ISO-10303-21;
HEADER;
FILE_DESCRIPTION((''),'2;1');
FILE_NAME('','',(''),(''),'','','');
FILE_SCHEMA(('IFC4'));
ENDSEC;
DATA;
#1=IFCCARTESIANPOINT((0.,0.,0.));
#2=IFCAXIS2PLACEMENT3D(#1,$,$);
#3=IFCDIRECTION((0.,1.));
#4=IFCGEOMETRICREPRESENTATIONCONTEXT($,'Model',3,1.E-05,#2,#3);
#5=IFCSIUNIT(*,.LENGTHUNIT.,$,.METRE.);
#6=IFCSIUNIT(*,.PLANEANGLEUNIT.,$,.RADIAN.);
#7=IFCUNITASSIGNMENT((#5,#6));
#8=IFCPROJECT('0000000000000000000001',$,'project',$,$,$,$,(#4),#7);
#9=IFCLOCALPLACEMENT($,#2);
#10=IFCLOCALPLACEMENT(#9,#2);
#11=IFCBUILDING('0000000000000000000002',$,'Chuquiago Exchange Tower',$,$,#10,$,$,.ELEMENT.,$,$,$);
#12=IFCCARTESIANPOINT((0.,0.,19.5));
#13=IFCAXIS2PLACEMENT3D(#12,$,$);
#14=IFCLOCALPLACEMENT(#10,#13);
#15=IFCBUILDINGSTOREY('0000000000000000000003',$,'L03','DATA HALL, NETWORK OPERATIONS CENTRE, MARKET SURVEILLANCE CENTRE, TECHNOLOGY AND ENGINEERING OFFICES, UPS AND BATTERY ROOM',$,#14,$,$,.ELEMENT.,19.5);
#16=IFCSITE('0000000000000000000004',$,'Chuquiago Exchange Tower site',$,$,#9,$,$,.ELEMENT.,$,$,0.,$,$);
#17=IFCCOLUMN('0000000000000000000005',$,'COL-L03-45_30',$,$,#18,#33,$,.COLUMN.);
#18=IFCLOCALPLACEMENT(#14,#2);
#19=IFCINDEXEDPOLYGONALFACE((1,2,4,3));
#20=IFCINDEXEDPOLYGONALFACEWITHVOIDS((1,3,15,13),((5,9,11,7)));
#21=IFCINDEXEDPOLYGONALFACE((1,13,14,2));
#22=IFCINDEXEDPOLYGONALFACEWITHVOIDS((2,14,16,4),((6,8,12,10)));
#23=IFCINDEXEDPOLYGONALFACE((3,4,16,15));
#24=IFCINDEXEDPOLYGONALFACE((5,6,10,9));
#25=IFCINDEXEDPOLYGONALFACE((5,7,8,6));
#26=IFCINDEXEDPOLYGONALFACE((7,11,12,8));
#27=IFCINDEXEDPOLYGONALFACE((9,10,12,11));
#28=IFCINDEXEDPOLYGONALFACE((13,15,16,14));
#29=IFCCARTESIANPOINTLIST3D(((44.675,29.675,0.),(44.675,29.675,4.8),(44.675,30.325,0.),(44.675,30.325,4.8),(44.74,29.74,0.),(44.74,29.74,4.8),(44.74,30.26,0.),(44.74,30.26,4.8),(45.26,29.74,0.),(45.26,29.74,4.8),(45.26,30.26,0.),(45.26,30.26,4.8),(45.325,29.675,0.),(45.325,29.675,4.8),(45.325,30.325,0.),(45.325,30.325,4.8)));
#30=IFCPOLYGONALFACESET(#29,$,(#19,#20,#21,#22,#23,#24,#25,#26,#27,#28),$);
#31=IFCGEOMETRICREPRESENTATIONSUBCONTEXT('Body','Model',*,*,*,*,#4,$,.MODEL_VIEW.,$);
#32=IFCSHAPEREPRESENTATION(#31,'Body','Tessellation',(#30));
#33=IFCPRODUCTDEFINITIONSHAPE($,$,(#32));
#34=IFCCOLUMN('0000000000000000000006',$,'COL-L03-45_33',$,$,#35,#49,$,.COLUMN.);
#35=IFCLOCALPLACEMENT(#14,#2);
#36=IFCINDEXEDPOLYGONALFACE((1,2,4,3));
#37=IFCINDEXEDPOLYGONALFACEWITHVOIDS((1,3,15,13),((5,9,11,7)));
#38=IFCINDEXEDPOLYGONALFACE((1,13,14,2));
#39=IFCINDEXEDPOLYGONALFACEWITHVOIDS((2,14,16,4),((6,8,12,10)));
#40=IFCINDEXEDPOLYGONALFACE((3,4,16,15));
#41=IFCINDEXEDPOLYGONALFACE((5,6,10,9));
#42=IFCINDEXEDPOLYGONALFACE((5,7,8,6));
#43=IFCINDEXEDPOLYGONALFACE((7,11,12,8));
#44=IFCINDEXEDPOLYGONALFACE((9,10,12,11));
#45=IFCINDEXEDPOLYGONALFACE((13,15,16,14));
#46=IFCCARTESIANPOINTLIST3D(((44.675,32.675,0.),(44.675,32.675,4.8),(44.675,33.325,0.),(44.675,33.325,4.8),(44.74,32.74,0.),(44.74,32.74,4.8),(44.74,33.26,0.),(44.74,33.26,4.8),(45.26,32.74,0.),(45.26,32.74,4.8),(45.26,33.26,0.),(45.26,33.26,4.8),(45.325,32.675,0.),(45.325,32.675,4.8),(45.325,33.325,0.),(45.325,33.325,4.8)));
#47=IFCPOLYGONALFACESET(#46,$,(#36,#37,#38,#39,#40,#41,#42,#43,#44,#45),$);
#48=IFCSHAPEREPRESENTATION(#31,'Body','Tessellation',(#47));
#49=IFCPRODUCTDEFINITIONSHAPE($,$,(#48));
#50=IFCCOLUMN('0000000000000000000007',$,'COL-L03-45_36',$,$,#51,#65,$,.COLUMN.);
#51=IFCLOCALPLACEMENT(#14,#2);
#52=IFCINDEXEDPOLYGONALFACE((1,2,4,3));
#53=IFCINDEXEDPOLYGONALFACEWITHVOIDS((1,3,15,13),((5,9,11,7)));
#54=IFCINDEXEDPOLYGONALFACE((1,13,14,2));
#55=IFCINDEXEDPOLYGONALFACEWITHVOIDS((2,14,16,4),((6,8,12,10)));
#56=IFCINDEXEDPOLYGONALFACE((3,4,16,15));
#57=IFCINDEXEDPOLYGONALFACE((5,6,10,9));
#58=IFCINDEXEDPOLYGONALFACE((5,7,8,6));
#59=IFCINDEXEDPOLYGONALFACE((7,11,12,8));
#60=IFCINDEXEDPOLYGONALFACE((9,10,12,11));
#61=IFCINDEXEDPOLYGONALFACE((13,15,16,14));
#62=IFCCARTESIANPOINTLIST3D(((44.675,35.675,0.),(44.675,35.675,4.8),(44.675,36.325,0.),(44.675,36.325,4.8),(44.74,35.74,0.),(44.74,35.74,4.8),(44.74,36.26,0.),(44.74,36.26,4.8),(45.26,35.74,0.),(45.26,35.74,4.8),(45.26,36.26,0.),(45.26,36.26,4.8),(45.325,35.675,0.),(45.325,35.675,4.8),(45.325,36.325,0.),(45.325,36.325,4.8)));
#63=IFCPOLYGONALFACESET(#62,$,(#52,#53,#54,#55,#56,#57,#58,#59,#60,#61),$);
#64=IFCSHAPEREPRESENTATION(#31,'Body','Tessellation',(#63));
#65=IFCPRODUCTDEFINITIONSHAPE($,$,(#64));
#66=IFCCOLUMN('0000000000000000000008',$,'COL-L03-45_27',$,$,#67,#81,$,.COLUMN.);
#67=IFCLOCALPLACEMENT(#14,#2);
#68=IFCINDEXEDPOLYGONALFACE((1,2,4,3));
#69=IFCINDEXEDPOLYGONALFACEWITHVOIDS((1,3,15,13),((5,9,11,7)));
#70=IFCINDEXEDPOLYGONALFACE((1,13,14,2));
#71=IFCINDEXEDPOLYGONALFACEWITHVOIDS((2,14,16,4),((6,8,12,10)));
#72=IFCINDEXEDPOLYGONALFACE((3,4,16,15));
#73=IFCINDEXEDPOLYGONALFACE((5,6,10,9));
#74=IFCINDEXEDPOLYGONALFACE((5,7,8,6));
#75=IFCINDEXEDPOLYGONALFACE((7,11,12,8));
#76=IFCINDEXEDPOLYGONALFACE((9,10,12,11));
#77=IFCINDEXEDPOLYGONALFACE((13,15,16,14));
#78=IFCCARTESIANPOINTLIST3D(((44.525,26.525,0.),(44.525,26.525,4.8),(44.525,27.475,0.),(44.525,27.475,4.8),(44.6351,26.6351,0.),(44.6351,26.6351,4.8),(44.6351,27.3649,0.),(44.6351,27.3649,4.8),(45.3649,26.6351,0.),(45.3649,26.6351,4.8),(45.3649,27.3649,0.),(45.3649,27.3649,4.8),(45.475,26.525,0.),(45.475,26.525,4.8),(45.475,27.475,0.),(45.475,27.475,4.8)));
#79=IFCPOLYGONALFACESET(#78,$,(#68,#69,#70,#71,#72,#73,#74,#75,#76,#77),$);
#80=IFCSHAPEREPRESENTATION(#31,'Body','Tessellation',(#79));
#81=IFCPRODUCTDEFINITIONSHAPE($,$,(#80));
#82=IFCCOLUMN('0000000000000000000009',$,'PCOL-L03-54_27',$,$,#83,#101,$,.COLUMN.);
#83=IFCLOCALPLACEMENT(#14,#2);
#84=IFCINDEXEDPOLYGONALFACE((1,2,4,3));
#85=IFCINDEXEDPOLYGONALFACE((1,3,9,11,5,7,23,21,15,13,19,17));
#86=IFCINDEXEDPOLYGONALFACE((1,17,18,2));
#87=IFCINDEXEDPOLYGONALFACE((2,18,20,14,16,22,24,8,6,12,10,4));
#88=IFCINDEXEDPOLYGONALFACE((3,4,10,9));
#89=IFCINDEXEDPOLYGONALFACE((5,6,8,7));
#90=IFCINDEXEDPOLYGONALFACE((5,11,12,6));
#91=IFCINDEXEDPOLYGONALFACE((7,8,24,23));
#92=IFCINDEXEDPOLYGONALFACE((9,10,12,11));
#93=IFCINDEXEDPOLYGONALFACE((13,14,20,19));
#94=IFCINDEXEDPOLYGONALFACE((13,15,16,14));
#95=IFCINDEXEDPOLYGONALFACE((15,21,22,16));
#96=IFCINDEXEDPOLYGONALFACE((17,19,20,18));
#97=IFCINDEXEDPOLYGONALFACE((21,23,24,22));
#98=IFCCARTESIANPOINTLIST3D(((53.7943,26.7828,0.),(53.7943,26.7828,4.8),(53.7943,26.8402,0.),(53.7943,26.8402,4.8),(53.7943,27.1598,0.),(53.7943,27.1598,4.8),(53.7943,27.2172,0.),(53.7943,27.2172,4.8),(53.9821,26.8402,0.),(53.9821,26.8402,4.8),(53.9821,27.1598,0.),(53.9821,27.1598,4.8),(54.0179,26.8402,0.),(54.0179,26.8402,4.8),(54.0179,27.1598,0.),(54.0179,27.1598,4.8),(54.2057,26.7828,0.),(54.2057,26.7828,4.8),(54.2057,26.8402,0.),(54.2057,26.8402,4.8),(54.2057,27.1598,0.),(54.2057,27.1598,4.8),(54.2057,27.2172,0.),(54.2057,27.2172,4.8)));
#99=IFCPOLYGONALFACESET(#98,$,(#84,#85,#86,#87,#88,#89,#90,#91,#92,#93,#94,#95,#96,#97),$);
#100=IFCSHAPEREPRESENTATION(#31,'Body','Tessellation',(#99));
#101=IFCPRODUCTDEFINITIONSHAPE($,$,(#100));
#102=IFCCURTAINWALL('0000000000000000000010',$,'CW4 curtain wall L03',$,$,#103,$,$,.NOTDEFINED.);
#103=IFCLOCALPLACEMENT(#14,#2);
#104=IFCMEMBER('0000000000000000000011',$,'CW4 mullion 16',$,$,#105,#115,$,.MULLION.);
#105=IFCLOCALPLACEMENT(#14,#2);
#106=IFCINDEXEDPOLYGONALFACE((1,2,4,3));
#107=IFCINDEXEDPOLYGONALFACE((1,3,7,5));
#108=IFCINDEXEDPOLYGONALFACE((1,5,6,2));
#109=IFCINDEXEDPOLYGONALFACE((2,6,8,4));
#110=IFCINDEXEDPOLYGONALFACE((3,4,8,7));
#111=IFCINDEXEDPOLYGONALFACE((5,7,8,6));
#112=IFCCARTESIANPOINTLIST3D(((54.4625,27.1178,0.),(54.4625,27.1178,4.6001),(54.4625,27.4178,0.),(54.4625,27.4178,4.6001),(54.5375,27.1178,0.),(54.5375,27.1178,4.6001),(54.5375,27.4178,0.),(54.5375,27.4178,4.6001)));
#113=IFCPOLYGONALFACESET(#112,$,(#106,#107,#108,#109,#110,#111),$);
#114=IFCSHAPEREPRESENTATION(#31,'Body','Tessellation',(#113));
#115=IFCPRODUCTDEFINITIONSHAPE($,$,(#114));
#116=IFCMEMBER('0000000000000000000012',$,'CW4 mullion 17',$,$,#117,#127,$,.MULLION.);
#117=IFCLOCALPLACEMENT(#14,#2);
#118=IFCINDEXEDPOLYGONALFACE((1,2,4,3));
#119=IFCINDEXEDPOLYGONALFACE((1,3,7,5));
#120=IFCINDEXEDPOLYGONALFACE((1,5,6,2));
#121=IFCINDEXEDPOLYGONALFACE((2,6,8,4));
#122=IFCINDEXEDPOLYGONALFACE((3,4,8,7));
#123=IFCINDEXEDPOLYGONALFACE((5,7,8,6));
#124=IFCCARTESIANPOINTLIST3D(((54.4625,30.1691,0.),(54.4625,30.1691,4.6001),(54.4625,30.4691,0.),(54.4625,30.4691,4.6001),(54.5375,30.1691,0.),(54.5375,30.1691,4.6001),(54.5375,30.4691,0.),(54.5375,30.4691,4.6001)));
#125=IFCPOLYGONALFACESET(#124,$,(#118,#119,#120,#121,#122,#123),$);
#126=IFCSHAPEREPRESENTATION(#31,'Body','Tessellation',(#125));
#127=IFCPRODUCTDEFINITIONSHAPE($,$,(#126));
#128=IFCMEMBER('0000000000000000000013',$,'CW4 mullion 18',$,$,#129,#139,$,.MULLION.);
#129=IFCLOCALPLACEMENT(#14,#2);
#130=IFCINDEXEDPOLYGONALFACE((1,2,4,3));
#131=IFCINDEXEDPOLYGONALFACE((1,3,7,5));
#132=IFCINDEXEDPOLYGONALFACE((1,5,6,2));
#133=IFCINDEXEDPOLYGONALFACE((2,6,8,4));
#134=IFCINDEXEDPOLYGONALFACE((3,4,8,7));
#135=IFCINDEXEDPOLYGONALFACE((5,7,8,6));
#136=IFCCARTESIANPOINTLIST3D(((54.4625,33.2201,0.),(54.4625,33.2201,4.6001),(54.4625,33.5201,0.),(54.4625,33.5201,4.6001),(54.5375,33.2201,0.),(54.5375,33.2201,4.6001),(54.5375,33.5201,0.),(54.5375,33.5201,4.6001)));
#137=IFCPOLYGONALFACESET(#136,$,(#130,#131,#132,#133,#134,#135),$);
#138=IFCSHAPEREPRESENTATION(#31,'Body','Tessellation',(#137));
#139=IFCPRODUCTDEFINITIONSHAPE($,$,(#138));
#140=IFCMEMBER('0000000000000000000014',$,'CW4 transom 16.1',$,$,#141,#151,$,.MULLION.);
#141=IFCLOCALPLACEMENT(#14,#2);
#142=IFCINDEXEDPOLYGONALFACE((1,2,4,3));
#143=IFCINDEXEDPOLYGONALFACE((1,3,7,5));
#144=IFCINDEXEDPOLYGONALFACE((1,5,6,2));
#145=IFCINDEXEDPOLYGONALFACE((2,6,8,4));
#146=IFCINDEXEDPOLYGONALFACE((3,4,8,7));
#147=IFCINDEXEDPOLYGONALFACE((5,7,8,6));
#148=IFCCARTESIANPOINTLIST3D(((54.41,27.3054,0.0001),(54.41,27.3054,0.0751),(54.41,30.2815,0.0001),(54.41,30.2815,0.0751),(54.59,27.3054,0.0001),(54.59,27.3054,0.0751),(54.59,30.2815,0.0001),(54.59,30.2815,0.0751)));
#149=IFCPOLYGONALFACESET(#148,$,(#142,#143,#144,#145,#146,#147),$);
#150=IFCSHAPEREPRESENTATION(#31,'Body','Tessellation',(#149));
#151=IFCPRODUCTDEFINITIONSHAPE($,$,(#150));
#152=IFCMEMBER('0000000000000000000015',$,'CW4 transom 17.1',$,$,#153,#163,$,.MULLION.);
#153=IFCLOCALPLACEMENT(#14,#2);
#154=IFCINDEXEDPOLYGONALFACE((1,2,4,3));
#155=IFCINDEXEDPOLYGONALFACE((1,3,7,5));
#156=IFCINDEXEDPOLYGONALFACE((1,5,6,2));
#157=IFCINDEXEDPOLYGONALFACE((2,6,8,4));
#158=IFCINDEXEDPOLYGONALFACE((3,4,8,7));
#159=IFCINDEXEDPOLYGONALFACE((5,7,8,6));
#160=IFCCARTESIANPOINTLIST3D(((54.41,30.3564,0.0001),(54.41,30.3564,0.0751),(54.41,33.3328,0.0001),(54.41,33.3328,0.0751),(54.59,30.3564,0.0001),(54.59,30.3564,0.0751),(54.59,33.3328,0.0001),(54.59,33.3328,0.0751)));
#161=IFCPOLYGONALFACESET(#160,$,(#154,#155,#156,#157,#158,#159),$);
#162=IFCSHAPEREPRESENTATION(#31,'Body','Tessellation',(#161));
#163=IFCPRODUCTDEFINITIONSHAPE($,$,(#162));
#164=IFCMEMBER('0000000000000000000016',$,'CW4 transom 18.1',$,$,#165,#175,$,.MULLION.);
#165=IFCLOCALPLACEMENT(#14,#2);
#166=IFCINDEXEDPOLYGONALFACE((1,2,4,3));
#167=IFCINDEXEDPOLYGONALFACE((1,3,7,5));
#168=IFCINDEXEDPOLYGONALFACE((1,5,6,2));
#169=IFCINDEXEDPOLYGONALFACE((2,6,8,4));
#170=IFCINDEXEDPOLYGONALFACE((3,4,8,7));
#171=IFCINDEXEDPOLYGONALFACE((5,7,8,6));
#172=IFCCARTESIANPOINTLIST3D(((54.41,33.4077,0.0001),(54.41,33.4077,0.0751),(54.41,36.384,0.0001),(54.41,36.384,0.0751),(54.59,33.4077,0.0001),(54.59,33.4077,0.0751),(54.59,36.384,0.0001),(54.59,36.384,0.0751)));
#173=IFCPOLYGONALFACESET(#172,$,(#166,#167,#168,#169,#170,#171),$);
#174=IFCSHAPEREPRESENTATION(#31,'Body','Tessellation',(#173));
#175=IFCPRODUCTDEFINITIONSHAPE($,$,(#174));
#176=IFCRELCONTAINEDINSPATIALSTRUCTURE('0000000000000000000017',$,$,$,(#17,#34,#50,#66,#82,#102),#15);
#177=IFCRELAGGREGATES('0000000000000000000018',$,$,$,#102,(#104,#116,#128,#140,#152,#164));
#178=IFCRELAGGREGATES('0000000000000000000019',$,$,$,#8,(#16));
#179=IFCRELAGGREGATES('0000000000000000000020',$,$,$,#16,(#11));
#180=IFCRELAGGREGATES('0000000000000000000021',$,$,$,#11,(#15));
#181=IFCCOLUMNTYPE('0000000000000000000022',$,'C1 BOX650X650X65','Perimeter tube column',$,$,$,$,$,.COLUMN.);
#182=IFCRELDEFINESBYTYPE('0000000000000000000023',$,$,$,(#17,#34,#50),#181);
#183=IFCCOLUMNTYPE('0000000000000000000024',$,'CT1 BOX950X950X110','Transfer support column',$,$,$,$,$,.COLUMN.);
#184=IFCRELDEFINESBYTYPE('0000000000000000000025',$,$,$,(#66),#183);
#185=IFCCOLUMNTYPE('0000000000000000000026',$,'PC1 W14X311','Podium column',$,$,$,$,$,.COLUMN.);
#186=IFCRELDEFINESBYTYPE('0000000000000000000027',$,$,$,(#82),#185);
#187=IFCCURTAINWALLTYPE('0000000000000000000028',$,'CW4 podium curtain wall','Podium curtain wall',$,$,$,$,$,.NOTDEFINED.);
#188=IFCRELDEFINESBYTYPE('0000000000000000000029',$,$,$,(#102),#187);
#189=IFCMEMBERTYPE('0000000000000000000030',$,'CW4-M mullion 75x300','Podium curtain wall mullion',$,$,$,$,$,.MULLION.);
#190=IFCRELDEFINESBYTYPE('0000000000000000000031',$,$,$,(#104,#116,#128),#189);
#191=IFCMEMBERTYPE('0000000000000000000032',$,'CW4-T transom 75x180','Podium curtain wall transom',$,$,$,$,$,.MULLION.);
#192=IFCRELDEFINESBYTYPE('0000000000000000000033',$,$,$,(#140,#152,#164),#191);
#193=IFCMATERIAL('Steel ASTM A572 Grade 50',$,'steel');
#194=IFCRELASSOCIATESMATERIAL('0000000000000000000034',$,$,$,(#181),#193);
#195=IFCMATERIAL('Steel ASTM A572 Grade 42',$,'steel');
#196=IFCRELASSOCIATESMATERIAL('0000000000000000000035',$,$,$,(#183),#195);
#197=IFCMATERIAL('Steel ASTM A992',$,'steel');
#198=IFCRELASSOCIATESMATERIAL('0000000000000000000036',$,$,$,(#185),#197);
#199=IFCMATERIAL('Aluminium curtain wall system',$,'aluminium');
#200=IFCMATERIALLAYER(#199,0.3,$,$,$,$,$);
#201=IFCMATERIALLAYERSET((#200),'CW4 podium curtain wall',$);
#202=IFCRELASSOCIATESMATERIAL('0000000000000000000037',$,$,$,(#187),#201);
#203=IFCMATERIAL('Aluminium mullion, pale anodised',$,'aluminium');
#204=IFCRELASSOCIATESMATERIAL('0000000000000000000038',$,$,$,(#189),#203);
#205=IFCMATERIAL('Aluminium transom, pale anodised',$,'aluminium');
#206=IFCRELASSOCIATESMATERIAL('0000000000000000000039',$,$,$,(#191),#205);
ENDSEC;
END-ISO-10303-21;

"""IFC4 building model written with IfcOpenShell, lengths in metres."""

from ifc_helpers import new_model, si_unit, direction, frame, origin, origin_2d, place, context, subcontext, project, spatial, rectangle, hollow_rectangle, i_section, extrude, material, layer, layer_set, material_profile, profile_set, type_object, element, aggregate, save


model = new_model("IFC4")

# Units and contexts
model_context = context("Model", 3, precision=1e-05, world=origin(), true_north=direction((0.0, 1.0)))
body_context = subcontext(model_context, "Body", "Model", "MODEL_VIEW")
ifc_project = project(units=[si_unit("LENGTHUNIT", "METRE"), si_unit("PLANEANGLEUNIT", "RADIAN")], contexts=[model_context])

# Site, building, storey
site_placement = place(None, origin())
site = spatial("IfcSite", under=ifc_project, at=site_placement, Name="Chuquiago Exchange Tower site", CompositionType="ELEMENT", RefElevation=0.0)
building_placement = place(site_placement, origin())
building = spatial("IfcBuilding", under=site, at=building_placement, Name="Chuquiago Exchange Tower", CompositionType="ELEMENT")
storey_placement = place(building_placement, frame((0.0, 0.0, 19.5)))
storey = spatial("IfcBuildingStorey", under=building, at=storey_placement, Name="L03", Description="DATA HALL, NETWORK OPERATIONS CENTRE, MARKET SURVEILLANCE CENTRE, TECHNOLOGY AND ENGINEERING OFFICES, UPS AND BATTERY ROOM", CompositionType="ELEMENT", Elevation=19.5)

# Columns
ifc_material_1 = material(Name="Steel ASTM A572 Grade 50", Category="steel")
ifc_material_profile_1 = material_profile(ifc_material_1, hollow_rectangle(XDim=0.6499, YDim=0.6499, WallThickness=0.0649, at=origin_2d()), Name="BOX650X650X65")
ifc_profile_set_1 = profile_set([ifc_material_profile_1], Name="Steel ASTM A572 Grade 50")
column_type_1 = type_object("IfcColumnType", Name="C1 BOX650X650X65", Description="Perimeter tube column", PredefinedType="COLUMN", material=ifc_profile_set_1)
for number, where, z_axis, x_axis, name in (
    (1, (45.0, 30.0, 0.0), (0.0, 0.0, 1.0), (1.0, 0.0, 0.0), "COL-L03-45_30"),
    (2, (45.0, 33.0, 0.0), (0.0, 0.0, 1.0), (1.0, 0.0, 0.0), "COL-L03-45_33"),
    (3, (45.0, 36.0, 0.0), (0.0, 0.0, 1.0), (1.0, 0.0, 0.0), "COL-L03-45_36"),
):
    element("IfcColumn", number, at=place(storey_placement, frame(where, z_axis=z_axis, x_axis=x_axis)), inside=storey, type_object=column_type_1, Name=name, PredefinedType="COLUMN", context=body_context, shape_type="SweptSolid", body=[
        extrude(hollow_rectangle(XDim=0.6499, YDim=0.6499, WallThickness=0.0649, at=origin_2d()), origin(), (0.0, 0.0, 1.0), 4.8),
    ])
ifc_material_2 = material(Name="Steel ASTM A572 Grade 42", Category="steel")
ifc_material_profile_2 = material_profile(ifc_material_2, hollow_rectangle(XDim=0.95, YDim=0.95, WallThickness=0.1101, at=origin_2d()), Name="BOX950X950X110")
ifc_profile_set_2 = profile_set([ifc_material_profile_2], Name="Steel ASTM A572 Grade 42")
column_type_2 = type_object("IfcColumnType", Name="CT1 BOX950X950X110", Description="Transfer support column", PredefinedType="COLUMN", material=ifc_profile_set_2)
column_1_placement = place(storey_placement, frame((45.0, 27.0, 0.0), z_axis=(0.0, 0.0, 1.0), x_axis=(1.0, 0.0, 0.0)))
element("IfcColumn", 4, at=column_1_placement, inside=storey, type_object=column_type_2, Name="COL-L03-45_27", PredefinedType="COLUMN", context=body_context, shape_type="SweptSolid", body=[
    extrude(hollow_rectangle(XDim=0.95, YDim=0.95, WallThickness=0.1101, at=origin_2d()), origin(), (0.0, 0.0, 1.0), 4.8),
])
ifc_material_3 = material(Name="Steel ASTM A992", Category="steel")
ifc_material_profile_3 = material_profile(ifc_material_3, i_section(OverallWidth=0.4114, OverallDepth=0.4343, WebThickness=0.0359, FlangeThickness=0.0574, at=origin_2d()), Name="W14X311")
ifc_profile_set_3 = profile_set([ifc_material_profile_3], Name="Steel ASTM A992")
column_type_3 = type_object("IfcColumnType", Name="PC1 W14X311", Description="Podium column", PredefinedType="COLUMN", material=ifc_profile_set_3)
column_2_placement = place(storey_placement, frame((54.0, 27.0, 0.0), z_axis=(0.0, 0.0, 1.0), x_axis=(1.0, 0.0, 0.0)))
element("IfcColumn", 5, at=column_2_placement, inside=storey, type_object=column_type_3, Name="PCOL-L03-54_27", PredefinedType="COLUMN", context=body_context, shape_type="SweptSolid", body=[
    extrude(i_section(OverallWidth=0.4114, OverallDepth=0.4343, WebThickness=0.0359, FlangeThickness=0.0574, at=origin_2d()), origin(), (0.0, 0.0, 1.0), 4.8),
])

# Curtain wall, members
ifc_material_4 = material(Name="Aluminium curtain wall system", Category="aluminium")
ifc_layer_1 = layer(ifc_material_4, 0.3)
ifc_layer_set_1 = layer_set([ifc_layer_1], Name="CW4 podium curtain wall")
curtain_wall_type = type_object("IfcCurtainWallType", Name="CW4 podium curtain wall", Description="Podium curtain wall", PredefinedType="NOTDEFINED", material=ifc_layer_set_1)
curtain_wall_placement = place(storey_placement, origin())
curtain_wall = element("IfcCurtainWall", 6, at=curtain_wall_placement, inside=storey, type_object=curtain_wall_type, Name="CW4 curtain wall L03", PredefinedType="NOTDEFINED")
ifc_material_5 = material(Name="Aluminium mullion, pale anodised", Category="aluminium")
ifc_material_profile_4 = material_profile(ifc_material_5, rectangle(XDim=0.075, YDim=0.3, at=origin_2d()), Name="AL 75x300")
ifc_profile_set_4 = profile_set([ifc_material_profile_4], Name="Aluminium mullion, pale anodised")
member_type_1 = type_object("IfcMemberType", Name="CW4-M mullion 75x300", Description="Podium curtain wall mullion", PredefinedType="MULLION", material=ifc_profile_set_4)
member_1_placement = place(storey_placement, frame((54.5, 27.2678, 0.0), z_axis=(0.0, 0.0, 1.0), x_axis=(-1.0, 0.0, 0.0)))
member_1 = element("IfcMember", 7, at=member_1_placement, type_object=member_type_1, Name="CW4 mullion 16", PredefinedType="MULLION", context=body_context, shape_type="SweptSolid", body=[
    extrude(rectangle(XDim=0.075, YDim=0.3, at=origin_2d()), origin(), (0.0, 0.0, 1.0), 4.6001),
])
member_2_placement = place(storey_placement, frame((54.5, 30.3191, 0.0), z_axis=(0.0, 0.0, 1.0), x_axis=(-1.0, 0.0, 0.0)))
member_2 = element("IfcMember", 8, at=member_2_placement, type_object=member_type_1, Name="CW4 mullion 17", PredefinedType="MULLION", context=body_context, shape_type="SweptSolid", body=[
    extrude(rectangle(XDim=0.075, YDim=0.3, at=origin_2d()), origin(), (0.0, 0.0, 1.0), 4.6001),
])
member_3_placement = place(storey_placement, frame((54.5, 33.3701, 0.0), z_axis=(0.0, 0.0, 1.0), x_axis=(-1.0, 0.0, 0.0)))
member_3 = element("IfcMember", 9, at=member_3_placement, type_object=member_type_1, Name="CW4 mullion 18", PredefinedType="MULLION", context=body_context, shape_type="SweptSolid", body=[
    extrude(rectangle(XDim=0.075, YDim=0.3, at=origin_2d()), origin(), (0.0, 0.0, 1.0), 4.6001),
])
ifc_material_6 = material(Name="Aluminium transom, pale anodised", Category="aluminium")
ifc_material_profile_5 = material_profile(ifc_material_6, rectangle(XDim=0.1799, YDim=0.075, at=origin_2d()), Name="AL 180x75")
ifc_profile_set_5 = profile_set([ifc_material_profile_5], Name="Aluminium transom, pale anodised")
member_type_2 = type_object("IfcMemberType", Name="CW4-T transom 75x180", Description="Podium curtain wall transom", PredefinedType="MULLION", material=ifc_profile_set_5)
member_4_placement = place(storey_placement, frame((54.5, 27.3054, 0.0376), z_axis=(0.0, 1.0, 0.0), x_axis=(-1.0, 0.0, 0.0)))
member_4 = element("IfcMember", 10, at=member_4_placement, type_object=member_type_2, Name="CW4 transom 16.1", PredefinedType="MULLION", context=body_context, shape_type="SweptSolid", body=[
    extrude(rectangle(XDim=0.1799, YDim=0.075, at=origin_2d()), origin(), (0.0, 0.0, 1.0), 2.9761),
])
member_5_placement = place(storey_placement, frame((54.5, 30.3564, 0.0376), z_axis=(0.0, 1.0, 0.0), x_axis=(-1.0, 0.0, 0.0)))
member_5 = element("IfcMember", 11, at=member_5_placement, type_object=member_type_2, Name="CW4 transom 17.1", PredefinedType="MULLION", context=body_context, shape_type="SweptSolid", body=[
    extrude(rectangle(XDim=0.1799, YDim=0.075, at=origin_2d()), origin(), (0.0, 0.0, 1.0), 2.9763),
])
member_6_placement = place(storey_placement, frame((54.5, 33.4077, 0.0376), z_axis=(0.0, 1.0, 0.0), x_axis=(-1.0, 0.0, 0.0)))
member_6 = element("IfcMember", 12, at=member_6_placement, type_object=member_type_2, Name="CW4 transom 18.1", PredefinedType="MULLION", context=body_context, shape_type="SweptSolid", body=[
    extrude(rectangle(XDim=0.1799, YDim=0.075, at=origin_2d()), origin(), (0.0, 0.0, 1.0), 2.9763),
])

aggregate(curtain_wall, [member_1, member_2, member_3, member_4, member_5, member_6])

save(model, "model.ifc")
